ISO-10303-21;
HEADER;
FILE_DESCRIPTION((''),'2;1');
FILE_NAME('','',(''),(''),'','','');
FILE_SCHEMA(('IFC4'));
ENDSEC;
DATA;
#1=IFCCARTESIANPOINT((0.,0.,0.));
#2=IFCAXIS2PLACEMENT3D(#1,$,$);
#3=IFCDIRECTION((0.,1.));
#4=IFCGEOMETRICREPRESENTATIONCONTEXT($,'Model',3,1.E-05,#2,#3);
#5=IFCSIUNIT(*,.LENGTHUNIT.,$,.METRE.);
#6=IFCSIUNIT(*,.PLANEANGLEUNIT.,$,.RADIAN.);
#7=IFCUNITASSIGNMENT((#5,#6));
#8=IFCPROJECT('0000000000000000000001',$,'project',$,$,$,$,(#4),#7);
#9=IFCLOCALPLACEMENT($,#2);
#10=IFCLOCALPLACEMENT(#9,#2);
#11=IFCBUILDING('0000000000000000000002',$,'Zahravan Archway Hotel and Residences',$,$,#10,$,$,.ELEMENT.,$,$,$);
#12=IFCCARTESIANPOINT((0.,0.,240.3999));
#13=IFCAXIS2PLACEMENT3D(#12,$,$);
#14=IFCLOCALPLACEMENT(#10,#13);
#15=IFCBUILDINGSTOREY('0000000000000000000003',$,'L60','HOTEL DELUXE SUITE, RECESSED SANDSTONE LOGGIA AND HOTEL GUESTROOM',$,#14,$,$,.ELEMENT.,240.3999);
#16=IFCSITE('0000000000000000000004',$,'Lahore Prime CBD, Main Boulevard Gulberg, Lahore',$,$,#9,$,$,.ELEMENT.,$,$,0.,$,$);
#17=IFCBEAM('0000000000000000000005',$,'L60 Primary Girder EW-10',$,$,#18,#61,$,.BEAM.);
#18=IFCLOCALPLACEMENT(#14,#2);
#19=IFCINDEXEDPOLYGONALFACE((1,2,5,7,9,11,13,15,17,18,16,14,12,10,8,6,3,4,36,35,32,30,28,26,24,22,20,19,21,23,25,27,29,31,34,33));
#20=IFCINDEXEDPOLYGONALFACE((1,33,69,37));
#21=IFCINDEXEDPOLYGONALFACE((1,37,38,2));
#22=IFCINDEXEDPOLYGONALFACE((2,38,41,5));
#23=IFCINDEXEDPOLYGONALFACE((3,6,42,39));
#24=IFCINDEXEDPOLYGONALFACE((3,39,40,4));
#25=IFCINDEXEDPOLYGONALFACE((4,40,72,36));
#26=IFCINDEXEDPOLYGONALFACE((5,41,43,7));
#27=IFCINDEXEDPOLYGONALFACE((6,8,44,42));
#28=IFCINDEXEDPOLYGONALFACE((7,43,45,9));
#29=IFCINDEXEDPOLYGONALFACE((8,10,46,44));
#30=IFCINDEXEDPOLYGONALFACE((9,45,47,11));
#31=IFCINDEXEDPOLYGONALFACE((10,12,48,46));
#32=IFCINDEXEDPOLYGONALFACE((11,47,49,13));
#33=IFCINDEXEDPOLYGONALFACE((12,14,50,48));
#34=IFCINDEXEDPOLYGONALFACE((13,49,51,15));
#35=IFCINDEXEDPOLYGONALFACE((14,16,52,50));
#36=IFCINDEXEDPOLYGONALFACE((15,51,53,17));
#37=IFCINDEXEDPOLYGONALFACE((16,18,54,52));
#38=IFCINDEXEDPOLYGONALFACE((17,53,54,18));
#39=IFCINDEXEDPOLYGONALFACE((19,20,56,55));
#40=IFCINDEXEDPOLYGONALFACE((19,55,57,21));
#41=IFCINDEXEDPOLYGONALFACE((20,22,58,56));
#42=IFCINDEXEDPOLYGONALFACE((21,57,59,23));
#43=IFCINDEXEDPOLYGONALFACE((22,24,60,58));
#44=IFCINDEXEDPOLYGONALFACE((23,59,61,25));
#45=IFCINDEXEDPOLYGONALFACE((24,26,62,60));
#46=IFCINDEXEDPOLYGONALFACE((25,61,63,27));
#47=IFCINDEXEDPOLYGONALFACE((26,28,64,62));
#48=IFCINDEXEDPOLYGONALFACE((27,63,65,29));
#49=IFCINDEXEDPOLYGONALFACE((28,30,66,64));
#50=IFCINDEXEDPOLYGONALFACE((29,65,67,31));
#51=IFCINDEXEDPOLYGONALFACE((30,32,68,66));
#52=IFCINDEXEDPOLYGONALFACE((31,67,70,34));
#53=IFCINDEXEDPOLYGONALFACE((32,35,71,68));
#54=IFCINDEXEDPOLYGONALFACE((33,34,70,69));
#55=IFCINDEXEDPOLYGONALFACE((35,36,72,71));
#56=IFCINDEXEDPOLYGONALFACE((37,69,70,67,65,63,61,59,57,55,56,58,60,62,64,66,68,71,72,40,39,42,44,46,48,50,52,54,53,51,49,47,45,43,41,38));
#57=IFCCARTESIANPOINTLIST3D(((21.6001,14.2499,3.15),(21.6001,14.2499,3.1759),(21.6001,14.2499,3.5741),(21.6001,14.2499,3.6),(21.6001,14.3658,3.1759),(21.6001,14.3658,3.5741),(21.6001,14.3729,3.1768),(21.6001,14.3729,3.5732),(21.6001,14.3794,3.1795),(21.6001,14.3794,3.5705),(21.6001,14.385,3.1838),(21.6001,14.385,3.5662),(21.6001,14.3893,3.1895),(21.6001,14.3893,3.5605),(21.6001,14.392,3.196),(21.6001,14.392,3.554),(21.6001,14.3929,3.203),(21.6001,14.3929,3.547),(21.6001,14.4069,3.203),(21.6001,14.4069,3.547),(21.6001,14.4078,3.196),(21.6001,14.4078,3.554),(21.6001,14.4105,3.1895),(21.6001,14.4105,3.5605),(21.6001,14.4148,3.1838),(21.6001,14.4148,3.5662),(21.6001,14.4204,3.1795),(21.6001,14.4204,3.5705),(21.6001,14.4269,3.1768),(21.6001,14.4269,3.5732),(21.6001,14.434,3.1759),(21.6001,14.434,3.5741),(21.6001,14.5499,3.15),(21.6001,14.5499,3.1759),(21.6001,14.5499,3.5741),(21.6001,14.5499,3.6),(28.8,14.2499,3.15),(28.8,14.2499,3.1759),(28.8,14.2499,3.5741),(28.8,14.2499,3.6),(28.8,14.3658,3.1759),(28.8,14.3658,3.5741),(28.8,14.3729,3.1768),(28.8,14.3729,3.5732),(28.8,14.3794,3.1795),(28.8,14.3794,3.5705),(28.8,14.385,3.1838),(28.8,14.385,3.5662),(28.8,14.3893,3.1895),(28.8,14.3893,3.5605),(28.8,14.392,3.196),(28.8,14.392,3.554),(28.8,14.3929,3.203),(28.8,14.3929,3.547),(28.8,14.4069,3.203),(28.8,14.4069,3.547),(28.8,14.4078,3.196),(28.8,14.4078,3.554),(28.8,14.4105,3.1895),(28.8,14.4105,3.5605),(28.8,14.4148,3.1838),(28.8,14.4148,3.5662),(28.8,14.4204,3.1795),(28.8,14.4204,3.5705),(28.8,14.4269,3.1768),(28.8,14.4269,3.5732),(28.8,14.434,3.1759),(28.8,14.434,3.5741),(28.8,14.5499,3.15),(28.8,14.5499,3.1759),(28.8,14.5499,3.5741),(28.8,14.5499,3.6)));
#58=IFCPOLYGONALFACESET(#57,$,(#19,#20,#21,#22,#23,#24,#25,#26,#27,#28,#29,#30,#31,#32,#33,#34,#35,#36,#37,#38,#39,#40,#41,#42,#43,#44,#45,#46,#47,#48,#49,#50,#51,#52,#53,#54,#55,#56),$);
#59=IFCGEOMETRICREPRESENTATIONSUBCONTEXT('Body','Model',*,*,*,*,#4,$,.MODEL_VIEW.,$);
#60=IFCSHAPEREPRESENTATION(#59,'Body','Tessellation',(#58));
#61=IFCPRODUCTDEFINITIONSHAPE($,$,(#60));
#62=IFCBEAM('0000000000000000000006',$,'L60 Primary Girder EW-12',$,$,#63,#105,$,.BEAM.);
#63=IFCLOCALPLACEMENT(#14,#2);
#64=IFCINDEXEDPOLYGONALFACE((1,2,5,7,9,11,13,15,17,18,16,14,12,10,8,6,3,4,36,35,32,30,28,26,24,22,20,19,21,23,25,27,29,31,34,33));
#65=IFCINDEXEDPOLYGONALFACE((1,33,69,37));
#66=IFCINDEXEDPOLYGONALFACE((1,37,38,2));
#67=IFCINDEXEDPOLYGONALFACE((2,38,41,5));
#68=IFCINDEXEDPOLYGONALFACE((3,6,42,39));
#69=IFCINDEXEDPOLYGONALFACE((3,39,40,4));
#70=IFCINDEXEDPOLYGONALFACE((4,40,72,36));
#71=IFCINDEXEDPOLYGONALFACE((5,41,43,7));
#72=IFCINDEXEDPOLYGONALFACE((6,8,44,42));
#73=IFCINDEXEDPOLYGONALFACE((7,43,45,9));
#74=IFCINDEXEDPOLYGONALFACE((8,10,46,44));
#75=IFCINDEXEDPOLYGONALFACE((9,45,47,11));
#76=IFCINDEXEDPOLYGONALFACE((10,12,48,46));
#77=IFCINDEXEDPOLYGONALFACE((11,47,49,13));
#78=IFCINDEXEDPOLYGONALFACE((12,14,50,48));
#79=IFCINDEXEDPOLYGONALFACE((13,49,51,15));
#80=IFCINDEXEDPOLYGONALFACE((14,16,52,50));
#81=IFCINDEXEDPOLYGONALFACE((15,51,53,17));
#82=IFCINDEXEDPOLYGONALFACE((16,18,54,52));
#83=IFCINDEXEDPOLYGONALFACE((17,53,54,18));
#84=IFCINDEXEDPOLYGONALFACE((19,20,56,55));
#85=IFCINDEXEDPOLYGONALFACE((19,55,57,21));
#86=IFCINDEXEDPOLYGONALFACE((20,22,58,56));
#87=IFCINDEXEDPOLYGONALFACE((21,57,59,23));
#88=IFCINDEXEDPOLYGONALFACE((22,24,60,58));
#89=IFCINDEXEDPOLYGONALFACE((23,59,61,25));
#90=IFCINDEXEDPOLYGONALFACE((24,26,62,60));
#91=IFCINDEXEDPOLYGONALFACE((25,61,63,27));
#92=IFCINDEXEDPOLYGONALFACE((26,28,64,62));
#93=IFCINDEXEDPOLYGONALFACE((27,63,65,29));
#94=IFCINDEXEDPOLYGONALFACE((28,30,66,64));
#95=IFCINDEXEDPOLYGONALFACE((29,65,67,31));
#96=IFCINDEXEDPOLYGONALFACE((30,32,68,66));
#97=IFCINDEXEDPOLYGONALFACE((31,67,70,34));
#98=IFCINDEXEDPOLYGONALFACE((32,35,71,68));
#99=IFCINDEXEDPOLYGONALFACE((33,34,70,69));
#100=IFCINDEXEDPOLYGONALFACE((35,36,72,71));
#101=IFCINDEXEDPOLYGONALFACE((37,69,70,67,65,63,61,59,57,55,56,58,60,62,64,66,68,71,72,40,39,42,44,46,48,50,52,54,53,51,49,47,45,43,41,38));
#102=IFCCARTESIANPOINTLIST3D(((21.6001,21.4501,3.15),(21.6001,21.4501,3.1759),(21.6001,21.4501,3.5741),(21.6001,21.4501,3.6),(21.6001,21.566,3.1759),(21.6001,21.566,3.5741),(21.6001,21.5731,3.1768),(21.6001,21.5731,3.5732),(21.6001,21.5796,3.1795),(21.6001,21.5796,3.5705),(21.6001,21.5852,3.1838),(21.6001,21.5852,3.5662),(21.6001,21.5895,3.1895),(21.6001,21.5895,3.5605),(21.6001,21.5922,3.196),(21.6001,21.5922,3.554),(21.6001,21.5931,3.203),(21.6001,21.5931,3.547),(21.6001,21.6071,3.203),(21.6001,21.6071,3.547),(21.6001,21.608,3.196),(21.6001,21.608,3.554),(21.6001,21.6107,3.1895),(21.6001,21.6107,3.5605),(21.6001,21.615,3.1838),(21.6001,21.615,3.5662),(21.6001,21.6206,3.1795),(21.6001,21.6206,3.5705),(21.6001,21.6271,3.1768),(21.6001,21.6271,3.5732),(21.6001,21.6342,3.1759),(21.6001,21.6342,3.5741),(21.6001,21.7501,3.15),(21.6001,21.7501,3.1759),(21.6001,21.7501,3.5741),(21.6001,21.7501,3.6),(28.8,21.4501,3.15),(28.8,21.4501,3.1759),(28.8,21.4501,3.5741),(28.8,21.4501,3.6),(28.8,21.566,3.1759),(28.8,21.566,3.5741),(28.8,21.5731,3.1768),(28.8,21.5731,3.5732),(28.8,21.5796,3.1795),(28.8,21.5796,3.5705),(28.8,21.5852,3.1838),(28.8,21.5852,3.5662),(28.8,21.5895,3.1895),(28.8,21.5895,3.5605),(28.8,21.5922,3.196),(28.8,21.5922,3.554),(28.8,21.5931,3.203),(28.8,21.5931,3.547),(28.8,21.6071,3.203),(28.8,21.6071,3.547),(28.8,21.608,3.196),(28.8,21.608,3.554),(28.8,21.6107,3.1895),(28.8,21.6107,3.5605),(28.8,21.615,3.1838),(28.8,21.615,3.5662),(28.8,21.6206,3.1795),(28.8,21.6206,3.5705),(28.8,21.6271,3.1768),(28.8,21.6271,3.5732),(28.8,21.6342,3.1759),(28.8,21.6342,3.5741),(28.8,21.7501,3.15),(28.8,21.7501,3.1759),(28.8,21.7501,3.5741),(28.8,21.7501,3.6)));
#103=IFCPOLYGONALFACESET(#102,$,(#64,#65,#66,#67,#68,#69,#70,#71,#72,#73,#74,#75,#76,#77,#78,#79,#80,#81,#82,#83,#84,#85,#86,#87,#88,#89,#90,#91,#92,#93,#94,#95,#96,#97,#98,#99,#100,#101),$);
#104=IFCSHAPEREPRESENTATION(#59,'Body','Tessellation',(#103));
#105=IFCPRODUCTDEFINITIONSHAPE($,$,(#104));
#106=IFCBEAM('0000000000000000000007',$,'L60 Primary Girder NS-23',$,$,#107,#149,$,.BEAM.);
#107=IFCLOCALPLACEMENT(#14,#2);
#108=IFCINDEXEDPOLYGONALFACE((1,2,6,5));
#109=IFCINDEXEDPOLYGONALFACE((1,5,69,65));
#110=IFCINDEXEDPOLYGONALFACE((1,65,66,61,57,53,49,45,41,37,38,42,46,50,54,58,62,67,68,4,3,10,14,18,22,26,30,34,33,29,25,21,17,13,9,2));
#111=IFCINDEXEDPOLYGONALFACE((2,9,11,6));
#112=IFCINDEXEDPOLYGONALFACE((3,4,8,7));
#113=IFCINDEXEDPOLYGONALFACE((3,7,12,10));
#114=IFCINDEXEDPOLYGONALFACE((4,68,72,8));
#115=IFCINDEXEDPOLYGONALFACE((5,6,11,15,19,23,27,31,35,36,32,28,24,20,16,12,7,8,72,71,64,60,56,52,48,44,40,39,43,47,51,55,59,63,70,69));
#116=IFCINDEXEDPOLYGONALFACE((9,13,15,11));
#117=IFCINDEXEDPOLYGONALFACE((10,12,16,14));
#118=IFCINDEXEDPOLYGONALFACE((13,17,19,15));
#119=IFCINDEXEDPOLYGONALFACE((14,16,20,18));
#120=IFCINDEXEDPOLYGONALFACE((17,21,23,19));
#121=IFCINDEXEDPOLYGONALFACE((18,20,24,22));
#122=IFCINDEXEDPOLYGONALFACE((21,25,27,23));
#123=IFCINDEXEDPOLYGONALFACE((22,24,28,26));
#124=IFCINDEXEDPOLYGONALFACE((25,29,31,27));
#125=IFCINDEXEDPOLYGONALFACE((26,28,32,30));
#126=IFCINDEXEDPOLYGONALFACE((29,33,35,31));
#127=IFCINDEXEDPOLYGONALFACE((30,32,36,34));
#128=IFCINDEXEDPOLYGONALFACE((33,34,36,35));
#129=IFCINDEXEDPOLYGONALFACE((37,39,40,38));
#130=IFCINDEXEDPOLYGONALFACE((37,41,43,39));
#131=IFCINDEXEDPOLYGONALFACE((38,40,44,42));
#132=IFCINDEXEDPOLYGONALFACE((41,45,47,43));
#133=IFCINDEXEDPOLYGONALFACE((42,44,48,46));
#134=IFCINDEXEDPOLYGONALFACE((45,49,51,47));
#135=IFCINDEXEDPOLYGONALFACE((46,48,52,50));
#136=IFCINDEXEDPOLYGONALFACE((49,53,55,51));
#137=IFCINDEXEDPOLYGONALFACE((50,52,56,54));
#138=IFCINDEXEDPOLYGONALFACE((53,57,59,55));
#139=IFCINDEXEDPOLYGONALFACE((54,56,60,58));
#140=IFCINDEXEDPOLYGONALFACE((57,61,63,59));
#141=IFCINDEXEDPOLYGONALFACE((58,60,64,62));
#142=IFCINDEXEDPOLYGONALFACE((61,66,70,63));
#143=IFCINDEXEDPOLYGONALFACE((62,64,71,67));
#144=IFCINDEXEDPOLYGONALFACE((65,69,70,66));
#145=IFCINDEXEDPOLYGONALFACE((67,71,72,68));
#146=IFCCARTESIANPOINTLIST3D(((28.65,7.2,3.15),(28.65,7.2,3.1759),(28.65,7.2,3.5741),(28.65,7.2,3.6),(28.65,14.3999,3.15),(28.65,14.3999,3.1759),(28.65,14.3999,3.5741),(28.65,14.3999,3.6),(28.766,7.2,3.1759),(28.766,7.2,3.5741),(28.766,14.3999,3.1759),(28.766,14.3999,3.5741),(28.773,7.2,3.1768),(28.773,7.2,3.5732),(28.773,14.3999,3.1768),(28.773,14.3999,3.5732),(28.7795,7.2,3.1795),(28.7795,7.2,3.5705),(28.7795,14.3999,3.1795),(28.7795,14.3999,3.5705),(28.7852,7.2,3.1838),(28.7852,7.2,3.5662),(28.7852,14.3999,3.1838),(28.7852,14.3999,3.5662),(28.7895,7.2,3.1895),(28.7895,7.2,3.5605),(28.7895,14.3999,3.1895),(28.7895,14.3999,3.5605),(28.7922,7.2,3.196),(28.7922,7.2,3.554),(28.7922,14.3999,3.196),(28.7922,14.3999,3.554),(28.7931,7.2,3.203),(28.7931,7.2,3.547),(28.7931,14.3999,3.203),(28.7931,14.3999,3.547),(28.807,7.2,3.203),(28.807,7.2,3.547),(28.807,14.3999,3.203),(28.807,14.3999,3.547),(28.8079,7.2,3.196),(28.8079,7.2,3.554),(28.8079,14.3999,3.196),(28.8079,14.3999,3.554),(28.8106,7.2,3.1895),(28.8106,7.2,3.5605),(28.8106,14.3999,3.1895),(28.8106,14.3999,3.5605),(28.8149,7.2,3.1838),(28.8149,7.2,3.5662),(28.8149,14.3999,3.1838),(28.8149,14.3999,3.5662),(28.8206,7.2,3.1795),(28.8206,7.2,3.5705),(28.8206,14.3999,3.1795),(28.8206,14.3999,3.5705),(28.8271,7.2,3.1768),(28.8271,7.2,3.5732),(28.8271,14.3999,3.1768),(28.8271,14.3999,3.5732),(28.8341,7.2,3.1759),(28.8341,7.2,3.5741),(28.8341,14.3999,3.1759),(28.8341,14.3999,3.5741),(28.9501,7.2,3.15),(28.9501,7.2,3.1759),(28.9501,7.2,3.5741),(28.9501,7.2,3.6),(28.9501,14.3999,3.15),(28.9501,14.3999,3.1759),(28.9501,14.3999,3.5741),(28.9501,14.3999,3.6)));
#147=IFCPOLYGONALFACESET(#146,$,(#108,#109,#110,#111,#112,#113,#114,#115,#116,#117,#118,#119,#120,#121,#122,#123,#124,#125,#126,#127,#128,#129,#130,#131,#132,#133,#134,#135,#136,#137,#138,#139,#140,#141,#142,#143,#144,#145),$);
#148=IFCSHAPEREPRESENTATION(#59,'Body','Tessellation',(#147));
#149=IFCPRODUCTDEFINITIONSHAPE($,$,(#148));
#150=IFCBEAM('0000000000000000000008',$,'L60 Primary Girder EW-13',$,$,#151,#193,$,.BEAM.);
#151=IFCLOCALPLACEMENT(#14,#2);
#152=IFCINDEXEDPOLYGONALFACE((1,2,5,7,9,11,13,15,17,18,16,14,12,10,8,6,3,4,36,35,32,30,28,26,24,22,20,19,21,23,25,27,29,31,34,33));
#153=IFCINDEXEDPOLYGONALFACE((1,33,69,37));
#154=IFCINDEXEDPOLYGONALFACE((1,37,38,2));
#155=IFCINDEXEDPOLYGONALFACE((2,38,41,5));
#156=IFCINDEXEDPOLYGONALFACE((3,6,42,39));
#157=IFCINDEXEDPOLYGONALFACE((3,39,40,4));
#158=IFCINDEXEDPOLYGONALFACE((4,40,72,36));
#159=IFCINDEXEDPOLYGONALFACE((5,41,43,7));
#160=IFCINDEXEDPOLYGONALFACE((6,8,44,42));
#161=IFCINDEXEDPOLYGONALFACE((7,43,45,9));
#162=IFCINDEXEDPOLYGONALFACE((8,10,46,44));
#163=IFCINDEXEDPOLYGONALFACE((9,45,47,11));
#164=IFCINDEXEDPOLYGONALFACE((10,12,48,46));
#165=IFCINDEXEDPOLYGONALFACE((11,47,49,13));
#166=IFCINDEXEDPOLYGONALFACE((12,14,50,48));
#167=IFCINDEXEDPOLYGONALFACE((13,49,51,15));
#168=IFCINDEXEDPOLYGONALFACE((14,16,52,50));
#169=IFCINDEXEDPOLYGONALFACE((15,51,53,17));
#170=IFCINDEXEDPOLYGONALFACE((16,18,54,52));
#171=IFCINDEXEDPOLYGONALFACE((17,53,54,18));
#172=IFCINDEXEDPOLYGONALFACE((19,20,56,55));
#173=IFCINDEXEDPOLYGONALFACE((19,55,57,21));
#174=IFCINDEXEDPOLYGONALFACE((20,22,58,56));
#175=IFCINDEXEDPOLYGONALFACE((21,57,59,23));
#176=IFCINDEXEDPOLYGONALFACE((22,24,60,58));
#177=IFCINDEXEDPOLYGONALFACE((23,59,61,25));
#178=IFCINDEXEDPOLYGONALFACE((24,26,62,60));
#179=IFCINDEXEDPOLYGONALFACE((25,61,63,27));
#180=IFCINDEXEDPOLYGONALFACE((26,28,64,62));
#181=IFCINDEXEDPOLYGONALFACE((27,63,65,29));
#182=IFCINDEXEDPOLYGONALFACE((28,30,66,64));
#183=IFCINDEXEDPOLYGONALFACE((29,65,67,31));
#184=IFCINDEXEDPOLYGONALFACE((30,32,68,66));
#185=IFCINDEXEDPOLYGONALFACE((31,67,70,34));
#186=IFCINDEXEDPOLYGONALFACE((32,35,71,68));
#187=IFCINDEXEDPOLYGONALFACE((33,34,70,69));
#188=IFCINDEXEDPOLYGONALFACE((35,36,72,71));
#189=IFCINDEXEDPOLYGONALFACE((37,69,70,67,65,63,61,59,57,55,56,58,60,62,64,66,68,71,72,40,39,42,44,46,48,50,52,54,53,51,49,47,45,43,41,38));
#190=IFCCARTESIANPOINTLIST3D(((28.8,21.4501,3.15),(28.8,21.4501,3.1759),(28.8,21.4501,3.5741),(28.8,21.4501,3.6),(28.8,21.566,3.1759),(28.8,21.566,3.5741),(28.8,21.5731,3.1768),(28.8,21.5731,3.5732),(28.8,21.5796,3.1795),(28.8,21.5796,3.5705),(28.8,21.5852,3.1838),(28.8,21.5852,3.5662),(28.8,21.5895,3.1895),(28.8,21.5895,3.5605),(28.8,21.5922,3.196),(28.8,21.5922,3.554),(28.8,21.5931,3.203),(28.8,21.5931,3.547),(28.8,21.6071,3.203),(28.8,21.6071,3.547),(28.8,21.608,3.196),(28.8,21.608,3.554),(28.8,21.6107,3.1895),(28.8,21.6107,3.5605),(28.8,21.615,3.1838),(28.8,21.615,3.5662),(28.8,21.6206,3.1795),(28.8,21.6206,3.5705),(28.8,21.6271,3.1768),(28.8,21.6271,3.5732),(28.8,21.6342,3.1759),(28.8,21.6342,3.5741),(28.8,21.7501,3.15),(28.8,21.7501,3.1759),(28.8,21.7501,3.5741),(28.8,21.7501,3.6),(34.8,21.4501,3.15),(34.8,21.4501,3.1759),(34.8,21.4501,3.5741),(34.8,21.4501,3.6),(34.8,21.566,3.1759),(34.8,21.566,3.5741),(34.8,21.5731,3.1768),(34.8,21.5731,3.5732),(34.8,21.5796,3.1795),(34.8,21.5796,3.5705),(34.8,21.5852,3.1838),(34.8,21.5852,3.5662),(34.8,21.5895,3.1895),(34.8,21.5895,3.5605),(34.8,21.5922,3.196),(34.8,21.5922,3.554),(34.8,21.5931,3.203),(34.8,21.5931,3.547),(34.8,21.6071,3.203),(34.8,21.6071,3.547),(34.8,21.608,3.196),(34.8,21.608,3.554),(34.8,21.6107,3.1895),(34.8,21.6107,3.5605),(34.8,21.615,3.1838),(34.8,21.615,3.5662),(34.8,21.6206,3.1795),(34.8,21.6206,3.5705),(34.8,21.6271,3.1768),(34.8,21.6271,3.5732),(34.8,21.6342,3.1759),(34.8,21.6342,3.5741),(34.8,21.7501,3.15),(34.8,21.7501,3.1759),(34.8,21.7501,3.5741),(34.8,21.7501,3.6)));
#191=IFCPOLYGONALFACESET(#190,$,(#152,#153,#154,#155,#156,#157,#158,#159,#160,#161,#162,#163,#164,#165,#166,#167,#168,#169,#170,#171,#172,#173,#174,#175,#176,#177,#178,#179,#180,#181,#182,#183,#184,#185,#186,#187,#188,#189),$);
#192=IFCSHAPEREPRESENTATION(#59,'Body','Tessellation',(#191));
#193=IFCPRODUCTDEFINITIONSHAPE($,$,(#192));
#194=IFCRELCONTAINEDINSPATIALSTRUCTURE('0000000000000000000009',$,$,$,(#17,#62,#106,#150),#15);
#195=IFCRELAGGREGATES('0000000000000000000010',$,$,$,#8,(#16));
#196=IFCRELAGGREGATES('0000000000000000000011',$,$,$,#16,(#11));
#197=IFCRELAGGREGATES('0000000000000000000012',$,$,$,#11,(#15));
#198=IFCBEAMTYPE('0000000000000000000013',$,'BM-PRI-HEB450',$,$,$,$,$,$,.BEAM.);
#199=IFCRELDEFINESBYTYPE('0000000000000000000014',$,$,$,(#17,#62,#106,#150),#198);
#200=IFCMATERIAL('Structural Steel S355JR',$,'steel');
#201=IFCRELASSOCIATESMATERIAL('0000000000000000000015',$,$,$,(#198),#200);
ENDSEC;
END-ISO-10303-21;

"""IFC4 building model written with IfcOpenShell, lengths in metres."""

from ifc_helpers import new_model, si_unit, direction, frame, origin, origin_2d, place, context, subcontext, project, spatial, i_section, extrude, source, transform, mapped, material, material_profile, profile_set, type_object, element, save


model = new_model("IFC4")

# Units and contexts
model_context = context("Model", 3, precision=1e-05, world=origin(), true_north=direction((0.0, 1.0)))
body_context = subcontext(model_context, "Body", "Model", "MODEL_VIEW")
ifc_project = project(units=[si_unit("LENGTHUNIT", "METRE"), si_unit("PLANEANGLEUNIT", "RADIAN")], contexts=[model_context])

# Site, building, storey
site_placement = place(None, origin())
site = spatial("IfcSite", under=ifc_project, at=site_placement, Name="Lahore Prime CBD, Main Boulevard Gulberg, Lahore", CompositionType="ELEMENT", RefElevation=0.0)
building_placement = place(site_placement, origin())
building = spatial("IfcBuilding", under=site, at=building_placement, Name="Zahravan Archway Hotel and Residences", CompositionType="ELEMENT")
storey_placement = place(building_placement, frame((0.0, 0.0, 240.3999)))
storey = spatial("IfcBuildingStorey", under=building, at=storey_placement, Name="L60", Description="HOTEL DELUXE SUITE, RECESSED SANDSTONE LOGGIA AND HOTEL GUESTROOM", CompositionType="ELEMENT", Elevation=240.3999)

# Beams
ifc_material_1 = material(Name="Structural Steel S355JR", Category="steel")
ifc_material_profile_1 = material_profile(ifc_material_1, i_section(OverallWidth=0.3, OverallDepth=0.45, WebThickness=0.0139, FlangeThickness=0.0259, FilletRadius=0.0271, at=origin_2d()), Name="HEB 450", Category="steel")
ifc_profile_set_1 = profile_set([ifc_material_profile_1], Name="Structural Steel S355JR")
beam_type_1 = type_object("IfcBeamType", Name="BM-PRI-HEB450", PredefinedType="BEAM", material=ifc_profile_set_1)
shared_shape_1 = source(origin(), body_context, "Body", "SweptSolid", [
    extrude(i_section(OverallWidth=0.3, OverallDepth=0.45, WebThickness=0.0139, FlangeThickness=0.0259, FilletRadius=0.0271, at=origin_2d()), origin(), (0.0, 0.0, 1.0), 7.2),
])
for number, where, z_axis, x_axis, name in (
    (1, (21.6001, 14.3999, 3.375), (1.0, 0.0, 0.0), (0.0, 1.0, 0.0), "L60 Primary Girder EW-10"),
    (2, (21.6001, 21.6001, 3.375), (1.0, 0.0, 0.0), (0.0, 1.0, 0.0), "L60 Primary Girder EW-12"),
    (3, (28.8, 7.2, 3.375), (0.0, 1.0, 0.0), (-1.0, 0.0, 0.0), "L60 Primary Girder NS-23"),
):
    element("IfcBeam", number, at=place(storey_placement, frame(where, z_axis=z_axis, x_axis=x_axis)), inside=storey, type_object=beam_type_1, Name=name, PredefinedType="BEAM", context=body_context, shape_type="MappedRepresentation", body=[
        mapped(shared_shape_1, transform((0.0, 0.0, 0.0), scale=1.0)),
    ])
shared_shape_2 = source(origin(), body_context, "Body", "SweptSolid", [
    extrude(i_section(OverallWidth=0.3, OverallDepth=0.45, WebThickness=0.0139, FlangeThickness=0.0259, FilletRadius=0.0271, at=origin_2d()), origin(), (0.0, 0.0, 1.0), 6.0),
])
beam_1_placement = place(storey_placement, frame((28.8, 21.6001, 3.375), z_axis=(1.0, 0.0, 0.0), x_axis=(0.0, 1.0, 0.0)))
element("IfcBeam", 4, at=beam_1_placement, inside=storey, type_object=beam_type_1, Name="L60 Primary Girder EW-13", PredefinedType="BEAM", context=body_context, shape_type="MappedRepresentation", body=[
    mapped(shared_shape_2, transform((0.0, 0.0, 0.0), scale=1.0)),
])

save(model, "model.ifc")
